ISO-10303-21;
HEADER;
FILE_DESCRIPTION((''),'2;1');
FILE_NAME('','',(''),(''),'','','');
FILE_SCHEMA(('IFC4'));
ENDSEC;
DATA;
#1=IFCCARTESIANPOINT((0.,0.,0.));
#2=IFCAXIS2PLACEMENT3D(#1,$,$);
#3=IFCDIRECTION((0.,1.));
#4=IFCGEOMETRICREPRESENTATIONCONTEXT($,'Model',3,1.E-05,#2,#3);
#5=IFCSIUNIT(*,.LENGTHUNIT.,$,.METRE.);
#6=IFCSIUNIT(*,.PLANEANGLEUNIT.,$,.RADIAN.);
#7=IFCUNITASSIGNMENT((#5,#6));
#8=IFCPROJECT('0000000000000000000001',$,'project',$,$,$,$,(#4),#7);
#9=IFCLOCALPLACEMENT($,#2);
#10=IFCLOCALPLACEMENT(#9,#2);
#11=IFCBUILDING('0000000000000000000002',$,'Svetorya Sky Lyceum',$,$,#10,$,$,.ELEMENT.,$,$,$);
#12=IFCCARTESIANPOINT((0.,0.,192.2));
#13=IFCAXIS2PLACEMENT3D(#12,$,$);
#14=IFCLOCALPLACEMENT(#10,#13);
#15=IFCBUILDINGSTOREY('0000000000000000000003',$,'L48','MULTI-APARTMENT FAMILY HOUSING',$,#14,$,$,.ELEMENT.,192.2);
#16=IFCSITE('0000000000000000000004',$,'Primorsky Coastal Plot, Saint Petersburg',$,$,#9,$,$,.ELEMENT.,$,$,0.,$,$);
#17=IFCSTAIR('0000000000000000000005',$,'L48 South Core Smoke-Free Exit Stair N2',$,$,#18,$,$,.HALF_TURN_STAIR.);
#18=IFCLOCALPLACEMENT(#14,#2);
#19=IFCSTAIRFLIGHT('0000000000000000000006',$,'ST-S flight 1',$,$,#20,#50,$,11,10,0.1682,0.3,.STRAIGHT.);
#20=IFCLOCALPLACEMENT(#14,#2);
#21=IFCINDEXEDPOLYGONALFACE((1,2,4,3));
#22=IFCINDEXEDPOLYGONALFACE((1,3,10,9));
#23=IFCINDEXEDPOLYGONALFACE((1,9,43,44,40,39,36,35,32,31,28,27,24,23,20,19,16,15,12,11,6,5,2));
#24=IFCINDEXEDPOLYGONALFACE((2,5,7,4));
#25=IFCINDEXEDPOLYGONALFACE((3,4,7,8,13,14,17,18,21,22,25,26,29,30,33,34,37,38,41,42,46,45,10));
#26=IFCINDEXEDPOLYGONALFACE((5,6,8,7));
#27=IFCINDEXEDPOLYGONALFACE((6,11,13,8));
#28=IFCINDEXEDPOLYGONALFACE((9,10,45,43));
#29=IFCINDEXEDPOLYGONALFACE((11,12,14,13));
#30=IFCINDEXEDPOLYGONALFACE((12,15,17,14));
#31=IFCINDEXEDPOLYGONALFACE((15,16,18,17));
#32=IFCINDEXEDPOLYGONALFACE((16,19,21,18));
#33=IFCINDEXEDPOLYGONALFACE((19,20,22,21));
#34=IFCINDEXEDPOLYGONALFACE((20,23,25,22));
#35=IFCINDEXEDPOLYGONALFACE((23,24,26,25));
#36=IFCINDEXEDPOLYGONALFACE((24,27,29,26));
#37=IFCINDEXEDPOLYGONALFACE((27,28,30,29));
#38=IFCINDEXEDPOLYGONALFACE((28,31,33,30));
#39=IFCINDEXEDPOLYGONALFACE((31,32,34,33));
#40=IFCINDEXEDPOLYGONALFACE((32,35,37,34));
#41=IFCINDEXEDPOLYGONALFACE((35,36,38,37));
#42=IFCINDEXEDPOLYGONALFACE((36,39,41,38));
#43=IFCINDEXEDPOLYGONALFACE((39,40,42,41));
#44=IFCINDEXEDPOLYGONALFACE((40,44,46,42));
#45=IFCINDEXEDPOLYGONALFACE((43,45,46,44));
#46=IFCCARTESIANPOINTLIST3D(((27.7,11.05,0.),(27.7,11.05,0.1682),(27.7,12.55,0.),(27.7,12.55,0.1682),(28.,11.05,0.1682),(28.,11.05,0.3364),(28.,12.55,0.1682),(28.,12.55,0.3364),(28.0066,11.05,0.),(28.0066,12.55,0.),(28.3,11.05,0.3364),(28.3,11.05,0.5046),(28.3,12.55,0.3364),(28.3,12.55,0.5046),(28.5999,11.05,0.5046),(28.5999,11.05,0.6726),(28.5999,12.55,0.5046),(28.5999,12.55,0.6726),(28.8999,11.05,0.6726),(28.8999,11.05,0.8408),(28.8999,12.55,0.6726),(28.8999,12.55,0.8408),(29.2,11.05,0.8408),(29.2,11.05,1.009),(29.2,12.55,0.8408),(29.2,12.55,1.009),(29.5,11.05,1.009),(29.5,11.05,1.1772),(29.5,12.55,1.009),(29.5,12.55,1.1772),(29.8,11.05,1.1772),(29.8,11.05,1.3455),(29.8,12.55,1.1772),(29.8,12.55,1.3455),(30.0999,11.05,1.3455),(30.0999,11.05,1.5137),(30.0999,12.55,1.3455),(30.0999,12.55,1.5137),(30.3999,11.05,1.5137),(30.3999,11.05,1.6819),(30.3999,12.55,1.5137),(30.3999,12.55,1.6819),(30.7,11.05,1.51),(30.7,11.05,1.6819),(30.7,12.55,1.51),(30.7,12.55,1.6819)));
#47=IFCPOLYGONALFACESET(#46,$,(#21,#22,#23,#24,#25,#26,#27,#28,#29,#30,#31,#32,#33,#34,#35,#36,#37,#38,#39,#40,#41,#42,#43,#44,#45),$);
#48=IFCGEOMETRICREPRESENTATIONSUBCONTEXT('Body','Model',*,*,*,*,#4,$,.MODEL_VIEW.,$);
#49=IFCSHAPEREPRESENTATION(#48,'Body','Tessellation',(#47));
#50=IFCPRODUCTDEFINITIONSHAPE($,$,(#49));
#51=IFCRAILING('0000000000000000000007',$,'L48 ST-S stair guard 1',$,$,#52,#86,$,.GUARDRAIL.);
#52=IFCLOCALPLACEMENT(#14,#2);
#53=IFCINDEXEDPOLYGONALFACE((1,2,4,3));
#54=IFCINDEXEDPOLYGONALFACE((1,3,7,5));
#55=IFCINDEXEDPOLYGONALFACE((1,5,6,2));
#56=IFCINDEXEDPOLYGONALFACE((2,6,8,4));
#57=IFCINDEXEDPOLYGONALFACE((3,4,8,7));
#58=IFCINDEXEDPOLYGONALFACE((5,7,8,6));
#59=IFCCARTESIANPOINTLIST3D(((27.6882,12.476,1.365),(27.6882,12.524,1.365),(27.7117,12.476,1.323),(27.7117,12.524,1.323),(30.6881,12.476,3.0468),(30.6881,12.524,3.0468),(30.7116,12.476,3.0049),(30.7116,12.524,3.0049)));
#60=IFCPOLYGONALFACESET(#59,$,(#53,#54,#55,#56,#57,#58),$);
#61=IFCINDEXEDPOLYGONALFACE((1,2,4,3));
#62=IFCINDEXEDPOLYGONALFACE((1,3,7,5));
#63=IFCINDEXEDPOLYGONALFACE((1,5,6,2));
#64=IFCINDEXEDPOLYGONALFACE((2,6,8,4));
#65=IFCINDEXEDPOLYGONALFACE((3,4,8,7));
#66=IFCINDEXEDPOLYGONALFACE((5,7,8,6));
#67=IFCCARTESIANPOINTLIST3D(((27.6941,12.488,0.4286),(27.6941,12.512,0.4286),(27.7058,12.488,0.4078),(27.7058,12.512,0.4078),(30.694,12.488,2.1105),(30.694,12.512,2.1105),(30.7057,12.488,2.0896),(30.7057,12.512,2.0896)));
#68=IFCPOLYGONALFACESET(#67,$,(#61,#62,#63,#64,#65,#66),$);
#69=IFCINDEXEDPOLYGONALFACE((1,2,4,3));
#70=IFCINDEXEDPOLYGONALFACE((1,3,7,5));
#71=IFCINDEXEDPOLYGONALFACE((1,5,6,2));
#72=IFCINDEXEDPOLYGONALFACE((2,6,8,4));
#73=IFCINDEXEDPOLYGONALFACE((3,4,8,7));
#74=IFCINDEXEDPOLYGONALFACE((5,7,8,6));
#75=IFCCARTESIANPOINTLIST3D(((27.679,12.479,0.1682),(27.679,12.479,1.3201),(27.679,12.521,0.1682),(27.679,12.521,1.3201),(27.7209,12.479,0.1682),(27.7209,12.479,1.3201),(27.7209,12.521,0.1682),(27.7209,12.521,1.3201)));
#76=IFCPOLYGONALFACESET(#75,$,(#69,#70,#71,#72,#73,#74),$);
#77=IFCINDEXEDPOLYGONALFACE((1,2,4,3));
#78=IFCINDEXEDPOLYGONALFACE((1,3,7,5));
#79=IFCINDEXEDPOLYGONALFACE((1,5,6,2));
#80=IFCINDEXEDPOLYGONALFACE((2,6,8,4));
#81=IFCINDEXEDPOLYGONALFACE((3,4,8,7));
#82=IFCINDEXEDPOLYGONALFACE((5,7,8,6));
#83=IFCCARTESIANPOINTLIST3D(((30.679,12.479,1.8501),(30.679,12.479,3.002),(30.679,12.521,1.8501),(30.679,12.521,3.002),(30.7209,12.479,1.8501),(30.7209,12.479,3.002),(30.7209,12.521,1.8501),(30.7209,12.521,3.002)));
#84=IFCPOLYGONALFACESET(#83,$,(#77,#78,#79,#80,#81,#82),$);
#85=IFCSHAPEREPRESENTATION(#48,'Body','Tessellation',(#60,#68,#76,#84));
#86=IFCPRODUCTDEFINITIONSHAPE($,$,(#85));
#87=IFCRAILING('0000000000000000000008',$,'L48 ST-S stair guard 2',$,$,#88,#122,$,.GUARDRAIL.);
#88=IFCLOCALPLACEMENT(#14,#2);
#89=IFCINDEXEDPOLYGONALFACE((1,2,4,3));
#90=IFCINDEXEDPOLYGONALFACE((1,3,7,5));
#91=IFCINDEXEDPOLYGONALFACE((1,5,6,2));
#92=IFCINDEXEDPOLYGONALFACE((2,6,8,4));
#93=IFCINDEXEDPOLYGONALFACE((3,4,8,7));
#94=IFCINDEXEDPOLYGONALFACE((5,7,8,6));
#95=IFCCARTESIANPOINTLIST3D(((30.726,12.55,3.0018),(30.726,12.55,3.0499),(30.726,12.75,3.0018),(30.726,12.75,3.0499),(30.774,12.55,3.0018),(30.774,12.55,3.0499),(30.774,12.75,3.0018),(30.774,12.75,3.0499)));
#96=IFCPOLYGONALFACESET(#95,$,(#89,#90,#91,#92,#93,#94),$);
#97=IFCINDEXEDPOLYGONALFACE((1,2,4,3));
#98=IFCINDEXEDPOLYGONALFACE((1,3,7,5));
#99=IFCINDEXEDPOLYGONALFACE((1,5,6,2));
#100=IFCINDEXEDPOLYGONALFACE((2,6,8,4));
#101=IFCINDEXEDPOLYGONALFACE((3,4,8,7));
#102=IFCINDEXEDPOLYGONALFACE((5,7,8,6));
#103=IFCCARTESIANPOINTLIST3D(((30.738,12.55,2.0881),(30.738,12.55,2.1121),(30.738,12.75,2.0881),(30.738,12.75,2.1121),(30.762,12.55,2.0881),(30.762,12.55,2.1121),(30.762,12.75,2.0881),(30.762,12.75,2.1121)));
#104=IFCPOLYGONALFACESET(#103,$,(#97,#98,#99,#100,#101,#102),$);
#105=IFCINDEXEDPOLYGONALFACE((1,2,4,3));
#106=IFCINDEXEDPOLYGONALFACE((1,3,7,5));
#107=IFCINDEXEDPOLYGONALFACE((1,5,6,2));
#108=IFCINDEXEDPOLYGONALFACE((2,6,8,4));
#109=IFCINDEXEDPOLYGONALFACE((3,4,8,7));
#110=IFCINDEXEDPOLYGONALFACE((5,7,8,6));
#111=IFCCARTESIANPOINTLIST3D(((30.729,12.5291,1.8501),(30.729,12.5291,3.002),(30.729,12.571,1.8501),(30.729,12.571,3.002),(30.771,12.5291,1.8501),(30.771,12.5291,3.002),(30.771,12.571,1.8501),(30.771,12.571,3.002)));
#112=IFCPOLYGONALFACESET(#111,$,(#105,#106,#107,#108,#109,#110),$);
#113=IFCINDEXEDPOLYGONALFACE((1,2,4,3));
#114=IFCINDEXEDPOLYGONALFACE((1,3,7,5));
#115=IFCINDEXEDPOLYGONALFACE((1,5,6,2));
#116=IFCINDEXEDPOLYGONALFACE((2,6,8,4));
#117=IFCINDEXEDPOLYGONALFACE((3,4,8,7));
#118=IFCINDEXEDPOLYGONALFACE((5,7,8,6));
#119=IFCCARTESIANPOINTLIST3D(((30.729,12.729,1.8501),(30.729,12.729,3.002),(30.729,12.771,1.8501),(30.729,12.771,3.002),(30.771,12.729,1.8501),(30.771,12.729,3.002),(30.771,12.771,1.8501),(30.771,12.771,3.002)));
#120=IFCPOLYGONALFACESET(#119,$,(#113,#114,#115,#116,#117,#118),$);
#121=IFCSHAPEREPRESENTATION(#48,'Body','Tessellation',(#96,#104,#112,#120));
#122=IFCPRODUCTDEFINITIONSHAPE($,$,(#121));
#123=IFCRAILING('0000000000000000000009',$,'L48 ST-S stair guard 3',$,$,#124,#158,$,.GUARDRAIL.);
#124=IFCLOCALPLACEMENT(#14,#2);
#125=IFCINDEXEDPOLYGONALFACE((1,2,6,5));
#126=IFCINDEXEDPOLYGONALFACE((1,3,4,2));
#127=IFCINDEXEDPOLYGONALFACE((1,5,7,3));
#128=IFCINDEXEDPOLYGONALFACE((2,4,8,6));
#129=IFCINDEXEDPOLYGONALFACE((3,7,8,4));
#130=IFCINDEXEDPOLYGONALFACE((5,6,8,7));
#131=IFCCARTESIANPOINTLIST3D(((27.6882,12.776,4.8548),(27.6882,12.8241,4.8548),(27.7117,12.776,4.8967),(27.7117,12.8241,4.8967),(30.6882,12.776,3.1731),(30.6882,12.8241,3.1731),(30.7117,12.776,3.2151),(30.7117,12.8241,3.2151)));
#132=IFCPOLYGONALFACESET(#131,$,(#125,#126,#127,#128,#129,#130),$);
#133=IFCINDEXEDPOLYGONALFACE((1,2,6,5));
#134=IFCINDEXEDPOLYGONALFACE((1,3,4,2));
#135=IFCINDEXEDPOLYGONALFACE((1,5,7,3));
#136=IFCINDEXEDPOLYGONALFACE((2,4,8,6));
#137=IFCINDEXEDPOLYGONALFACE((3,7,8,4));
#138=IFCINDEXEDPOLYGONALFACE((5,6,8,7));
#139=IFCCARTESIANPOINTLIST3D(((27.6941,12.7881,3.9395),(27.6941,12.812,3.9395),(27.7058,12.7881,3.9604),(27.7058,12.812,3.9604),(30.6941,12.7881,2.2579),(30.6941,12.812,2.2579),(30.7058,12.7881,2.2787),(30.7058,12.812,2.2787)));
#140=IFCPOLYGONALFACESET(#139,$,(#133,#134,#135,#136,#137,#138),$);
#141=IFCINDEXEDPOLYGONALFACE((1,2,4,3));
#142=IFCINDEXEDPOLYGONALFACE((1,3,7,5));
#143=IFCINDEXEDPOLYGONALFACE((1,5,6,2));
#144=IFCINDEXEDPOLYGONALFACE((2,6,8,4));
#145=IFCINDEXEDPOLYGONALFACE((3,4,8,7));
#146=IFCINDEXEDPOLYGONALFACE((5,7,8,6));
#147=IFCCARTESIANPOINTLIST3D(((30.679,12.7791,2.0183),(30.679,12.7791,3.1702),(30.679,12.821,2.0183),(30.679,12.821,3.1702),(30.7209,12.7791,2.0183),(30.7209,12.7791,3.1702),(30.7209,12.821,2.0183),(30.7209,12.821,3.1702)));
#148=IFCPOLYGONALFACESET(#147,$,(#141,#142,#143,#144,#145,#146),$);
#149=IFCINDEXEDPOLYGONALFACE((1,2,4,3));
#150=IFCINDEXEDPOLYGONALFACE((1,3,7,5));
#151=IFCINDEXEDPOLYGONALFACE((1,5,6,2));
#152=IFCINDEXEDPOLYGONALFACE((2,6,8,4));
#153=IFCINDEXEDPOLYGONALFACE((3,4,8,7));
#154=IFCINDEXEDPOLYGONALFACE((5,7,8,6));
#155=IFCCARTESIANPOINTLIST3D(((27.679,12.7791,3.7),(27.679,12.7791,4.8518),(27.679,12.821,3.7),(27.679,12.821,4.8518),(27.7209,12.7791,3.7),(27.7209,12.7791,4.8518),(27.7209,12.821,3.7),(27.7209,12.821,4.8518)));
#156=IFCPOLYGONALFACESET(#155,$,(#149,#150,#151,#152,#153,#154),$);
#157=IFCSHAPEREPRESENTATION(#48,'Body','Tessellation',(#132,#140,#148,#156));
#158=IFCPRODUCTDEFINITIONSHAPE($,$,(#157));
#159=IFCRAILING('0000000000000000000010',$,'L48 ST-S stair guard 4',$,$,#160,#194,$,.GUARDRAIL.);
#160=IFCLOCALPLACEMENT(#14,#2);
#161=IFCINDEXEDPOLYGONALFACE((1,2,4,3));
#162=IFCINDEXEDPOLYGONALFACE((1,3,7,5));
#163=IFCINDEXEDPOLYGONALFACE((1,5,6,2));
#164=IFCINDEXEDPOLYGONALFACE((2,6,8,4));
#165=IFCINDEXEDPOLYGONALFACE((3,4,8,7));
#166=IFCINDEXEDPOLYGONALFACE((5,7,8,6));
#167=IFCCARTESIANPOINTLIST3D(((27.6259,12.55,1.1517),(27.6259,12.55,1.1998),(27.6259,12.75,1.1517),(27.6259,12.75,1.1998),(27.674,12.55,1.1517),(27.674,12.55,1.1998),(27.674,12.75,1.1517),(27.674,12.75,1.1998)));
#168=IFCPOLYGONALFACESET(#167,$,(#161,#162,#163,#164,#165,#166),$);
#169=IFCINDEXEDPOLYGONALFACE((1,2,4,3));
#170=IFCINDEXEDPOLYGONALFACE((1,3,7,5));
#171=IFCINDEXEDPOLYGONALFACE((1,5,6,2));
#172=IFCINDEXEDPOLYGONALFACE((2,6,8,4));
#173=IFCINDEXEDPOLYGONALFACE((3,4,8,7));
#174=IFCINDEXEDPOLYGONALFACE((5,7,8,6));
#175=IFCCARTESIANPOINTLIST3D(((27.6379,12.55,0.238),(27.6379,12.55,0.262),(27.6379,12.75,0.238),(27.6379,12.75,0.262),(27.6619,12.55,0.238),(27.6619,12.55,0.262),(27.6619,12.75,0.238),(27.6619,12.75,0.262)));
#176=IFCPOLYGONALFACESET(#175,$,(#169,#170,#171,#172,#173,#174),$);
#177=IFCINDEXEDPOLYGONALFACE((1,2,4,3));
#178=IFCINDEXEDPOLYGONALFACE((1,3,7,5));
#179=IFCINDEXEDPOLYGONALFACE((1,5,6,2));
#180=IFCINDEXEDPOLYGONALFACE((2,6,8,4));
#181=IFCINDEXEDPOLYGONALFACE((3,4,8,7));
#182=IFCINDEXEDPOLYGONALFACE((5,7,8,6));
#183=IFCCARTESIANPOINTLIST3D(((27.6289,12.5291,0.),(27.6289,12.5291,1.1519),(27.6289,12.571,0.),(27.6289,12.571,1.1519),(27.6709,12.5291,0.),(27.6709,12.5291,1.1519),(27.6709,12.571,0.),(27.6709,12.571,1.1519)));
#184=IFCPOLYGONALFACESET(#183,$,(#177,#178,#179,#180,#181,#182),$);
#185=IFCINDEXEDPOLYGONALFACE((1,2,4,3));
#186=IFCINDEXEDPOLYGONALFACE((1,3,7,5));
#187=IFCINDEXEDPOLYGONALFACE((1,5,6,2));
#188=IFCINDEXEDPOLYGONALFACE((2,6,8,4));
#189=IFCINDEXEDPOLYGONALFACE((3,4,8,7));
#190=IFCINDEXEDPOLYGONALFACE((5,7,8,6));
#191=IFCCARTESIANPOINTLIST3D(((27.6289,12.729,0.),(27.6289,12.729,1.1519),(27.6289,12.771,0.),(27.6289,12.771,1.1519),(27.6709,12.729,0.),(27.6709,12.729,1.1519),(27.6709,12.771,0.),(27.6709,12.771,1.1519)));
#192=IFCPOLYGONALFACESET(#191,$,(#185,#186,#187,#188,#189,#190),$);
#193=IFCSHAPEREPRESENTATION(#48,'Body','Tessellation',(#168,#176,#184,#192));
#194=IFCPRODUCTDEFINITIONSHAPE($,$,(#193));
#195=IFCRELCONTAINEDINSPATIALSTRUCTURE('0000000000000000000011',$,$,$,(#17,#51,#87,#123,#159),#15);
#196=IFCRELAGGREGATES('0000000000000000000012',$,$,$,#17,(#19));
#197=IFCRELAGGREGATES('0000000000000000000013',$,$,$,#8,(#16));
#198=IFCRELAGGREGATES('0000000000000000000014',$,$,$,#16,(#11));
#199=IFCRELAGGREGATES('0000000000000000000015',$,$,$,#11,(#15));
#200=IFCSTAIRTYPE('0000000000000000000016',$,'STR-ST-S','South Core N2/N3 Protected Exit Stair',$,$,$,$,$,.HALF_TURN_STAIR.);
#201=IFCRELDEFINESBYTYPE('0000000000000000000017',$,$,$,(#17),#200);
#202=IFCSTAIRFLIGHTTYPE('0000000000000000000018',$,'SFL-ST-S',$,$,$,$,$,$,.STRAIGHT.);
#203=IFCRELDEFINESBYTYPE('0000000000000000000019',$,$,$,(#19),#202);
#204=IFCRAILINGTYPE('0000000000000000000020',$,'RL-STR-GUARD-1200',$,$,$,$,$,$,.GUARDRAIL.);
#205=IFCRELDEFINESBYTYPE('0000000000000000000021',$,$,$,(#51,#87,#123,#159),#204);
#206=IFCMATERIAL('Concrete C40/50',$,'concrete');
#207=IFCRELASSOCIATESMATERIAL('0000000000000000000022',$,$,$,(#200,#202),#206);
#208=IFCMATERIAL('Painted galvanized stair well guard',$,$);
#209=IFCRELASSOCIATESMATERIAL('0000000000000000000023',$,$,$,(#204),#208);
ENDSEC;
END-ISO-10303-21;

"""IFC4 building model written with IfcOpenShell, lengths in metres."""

from ifc_helpers import new_model, si_unit, direction, frame, origin, origin_2d, place, context, subcontext, project, spatial, polyline, rectangle, outline, extrude, material, type_object, element, aggregate, save


model = new_model("IFC4")

# Units and contexts
model_context = context("Model", 3, precision=1e-05, world=origin(), true_north=direction((0.0, 1.0)))
body_context = subcontext(model_context, "Body", "Model", "MODEL_VIEW")
ifc_project = project(units=[si_unit("LENGTHUNIT", "METRE"), si_unit("PLANEANGLEUNIT", "RADIAN")], contexts=[model_context])

# Site, building, storey
site_placement = place(None, origin())
site = spatial("IfcSite", under=ifc_project, at=site_placement, Name="Primorsky Coastal Plot, Saint Petersburg", CompositionType="ELEMENT", RefElevation=0.0)
building_placement = place(site_placement, origin())
building = spatial("IfcBuilding", under=site, at=building_placement, Name="Svetorya Sky Lyceum", CompositionType="ELEMENT")
storey_placement = place(building_placement, frame((0.0, 0.0, 192.2)))
storey = spatial("IfcBuildingStorey", under=building, at=storey_placement, Name="L48", Description="MULTI-APARTMENT FAMILY HOUSING", CompositionType="ELEMENT", Elevation=192.2)

# Shared definitions
ifc_material_1 = material(Name="Concrete C40/50", Category="concrete")

# Stair, stair flight
stair_type = type_object("IfcStairType", Name="STR-ST-S", Description="South Core N2/N3 Protected Exit Stair", PredefinedType="HALF_TURN_STAIR", material=ifc_material_1)
stair_placement = place(storey_placement, origin())
stair = element("IfcStair", 1, at=stair_placement, inside=storey, type_object=stair_type, Name="L48 South Core Smoke-Free Exit Stair N2", PredefinedType="HALF_TURN_STAIR")
stair_flight_type = type_object("IfcStairFlightType", Name="SFL-ST-S", PredefinedType="STRAIGHT", material=ifc_material_1)
stair_flight_placement = place(storey_placement, frame((27.7, 11.8, 0.0), z_axis=(0.0, 0.0, 1.0), x_axis=(1.0, 0.0, 0.0)))
stair_flight = element("IfcStairFlight", 2, at=stair_flight_placement, type_object=stair_flight_type, Name="ST-S flight 1", NumberOfRisers=11, NumberOfTreads=10, PredefinedType="STRAIGHT", RiserHeight=0.1682, TreadLength=0.3, context=body_context, shape_type="SweptSolid", body=[
    extrude(outline(polyline([(0.0, 0.0), (0.0, 0.1682), (0.3, 0.1682), (0.3, 0.3364), (0.6001, 0.3364), (0.6001, 0.5046), (0.8999, 0.5046), (0.8999, 0.6726), (1.2, 0.6726), (1.2, 0.8408), (1.5, 0.8408), (1.5, 1.009), (1.8, 1.009), (1.8, 1.1772), (2.1001, 1.1772), (2.1001, 1.3455), (2.3999, 1.3455), (2.3999, 1.5137), (2.7, 1.5137), (2.7, 1.6819), (3.0, 1.6819), (3.0, 1.8501), (3.0, 1.51), (0.3066, 0.0), (0.0, 0.0)])), frame((0.0, 0.75, 0.0), z_axis=(0.0, -1.0, 0.0), x_axis=(1.0, 0.0, 0.0)), (0.0, 0.0, 1.0), 1.5),
])
aggregate(stair, [stair_flight])

# Railings
ifc_material_2 = material(Name="Painted galvanized stair well guard")
railing_type_1 = type_object("IfcRailingType", Name="RL-STR-GUARD-1200", PredefinedType="GUARDRAIL", material=ifc_material_2)
railing_1_placement = place(storey_placement, frame((27.7, 12.5, 0.1682)))
element("IfcRailing", 3, at=railing_1_placement, inside=storey, type_object=railing_type_1, Name="L48 ST-S stair guard 1", PredefinedType="GUARDRAIL", context=body_context, shape_type="SweptSolid", body=[
    extrude(rectangle(XDim=0.0481, YDim=0.0481, at=origin_2d()), frame((0.0, 0.0, 1.1758), z_axis=(0.872272, 0.0, 0.48902), x_axis=(0.0, 1.0, 0.0)), (0.0, 0.0, 1.0), 3.4392),
    extrude(rectangle(XDim=0.0239, YDim=0.0239, at=origin_2d()), frame((0.0, 0.0, 0.25), z_axis=(0.872272, 0.0, 0.48902), x_axis=(0.0, 1.0, 0.0)), (0.0, 0.0, 1.0), 3.4392),
    extrude(rectangle(XDim=0.042, YDim=0.042, at=origin_2d()), origin(), (0.0, 0.0, 1.0), 1.1519),
    extrude(rectangle(XDim=0.042, YDim=0.042, at=origin_2d()), frame((3.0, 0.0, 1.6819)), (0.0, 0.0, 1.0), 1.1519),
])
railing_2_placement = place(storey_placement, frame((30.75, 12.55, 1.8501)))
element("IfcRailing", 4, at=railing_2_placement, inside=storey, type_object=railing_type_1, Name="L48 ST-S stair guard 2", PredefinedType="GUARDRAIL", context=body_context, shape_type="SweptSolid", body=[
    extrude(rectangle(XDim=0.0481, YDim=0.0481, at=origin_2d()), frame((0.0, 0.0, 1.1758), z_axis=(0.0, 1.0, 0.0), x_axis=(-1.0, 0.0, 0.0)), (0.0, 0.0, 1.0), 0.2),
    extrude(rectangle(XDim=0.0239, YDim=0.0239, at=origin_2d()), frame((0.0, 0.0, 0.25), z_axis=(0.0, 1.0, 0.0), x_axis=(-1.0, 0.0, 0.0)), (0.0, 0.0, 1.0), 0.2),
    extrude(rectangle(XDim=0.042, YDim=0.042, at=origin_2d()), origin(), (0.0, 0.0, 1.0), 1.1519),
    extrude(rectangle(XDim=0.042, YDim=0.042, at=origin_2d()), frame((0.0, 0.2, 0.0)), (0.0, 0.0, 1.0), 1.1519),
])
railing_3_placement = place(storey_placement, frame((30.7, 12.8, 2.0183)))
element("IfcRailing", 5, at=railing_3_placement, inside=storey, type_object=railing_type_1, Name="L48 ST-S stair guard 3", PredefinedType="GUARDRAIL", context=body_context, shape_type="SweptSolid", body=[
    extrude(rectangle(XDim=0.0481, YDim=0.0481, at=origin_2d()), frame((0.0, 0.0, 1.1758), z_axis=(-0.872303, 0.0, 0.488966), x_axis=(0.0, -1.0, 0.0)), (0.0, 0.0, 1.0), 3.4392),
    extrude(rectangle(XDim=0.0239, YDim=0.0239, at=origin_2d()), frame((0.0, 0.0, 0.25), z_axis=(-0.872303, 0.0, 0.488966), x_axis=(0.0, -1.0, 0.0)), (0.0, 0.0, 1.0), 3.4392),
    extrude(rectangle(XDim=0.042, YDim=0.042, at=origin_2d()), origin(), (0.0, 0.0, 1.0), 1.1519),
    extrude(rectangle(XDim=0.042, YDim=0.042, at=origin_2d()), frame((-3.0, 0.0, 1.6816)), (0.0, 0.0, 1.0), 1.1519),
])
railing_4_placement = place(storey_placement, frame((27.6499, 12.55, 0.0)))
element("IfcRailing", 6, at=railing_4_placement, inside=storey, type_object=railing_type_1, Name="L48 ST-S stair guard 4", PredefinedType="GUARDRAIL", context=body_context, shape_type="SweptSolid", body=[
    extrude(rectangle(XDim=0.0481, YDim=0.0481, at=origin_2d()), frame((0.0, 0.0, 1.1758), z_axis=(0.0, 1.0, 0.0), x_axis=(-1.0, 0.0, 0.0)), (0.0, 0.0, 1.0), 0.2),
    extrude(rectangle(XDim=0.0239, YDim=0.0239, at=origin_2d()), frame((0.0, 0.0, 0.25), z_axis=(0.0, 1.0, 0.0), x_axis=(-1.0, 0.0, 0.0)), (0.0, 0.0, 1.0), 0.2),
    extrude(rectangle(XDim=0.042, YDim=0.042, at=origin_2d()), origin(), (0.0, 0.0, 1.0), 1.1519),
    extrude(rectangle(XDim=0.042, YDim=0.042, at=origin_2d()), frame((0.0, 0.2, 0.0)), (0.0, 0.0, 1.0), 1.1519),
])

save(model, "model.ifc")
